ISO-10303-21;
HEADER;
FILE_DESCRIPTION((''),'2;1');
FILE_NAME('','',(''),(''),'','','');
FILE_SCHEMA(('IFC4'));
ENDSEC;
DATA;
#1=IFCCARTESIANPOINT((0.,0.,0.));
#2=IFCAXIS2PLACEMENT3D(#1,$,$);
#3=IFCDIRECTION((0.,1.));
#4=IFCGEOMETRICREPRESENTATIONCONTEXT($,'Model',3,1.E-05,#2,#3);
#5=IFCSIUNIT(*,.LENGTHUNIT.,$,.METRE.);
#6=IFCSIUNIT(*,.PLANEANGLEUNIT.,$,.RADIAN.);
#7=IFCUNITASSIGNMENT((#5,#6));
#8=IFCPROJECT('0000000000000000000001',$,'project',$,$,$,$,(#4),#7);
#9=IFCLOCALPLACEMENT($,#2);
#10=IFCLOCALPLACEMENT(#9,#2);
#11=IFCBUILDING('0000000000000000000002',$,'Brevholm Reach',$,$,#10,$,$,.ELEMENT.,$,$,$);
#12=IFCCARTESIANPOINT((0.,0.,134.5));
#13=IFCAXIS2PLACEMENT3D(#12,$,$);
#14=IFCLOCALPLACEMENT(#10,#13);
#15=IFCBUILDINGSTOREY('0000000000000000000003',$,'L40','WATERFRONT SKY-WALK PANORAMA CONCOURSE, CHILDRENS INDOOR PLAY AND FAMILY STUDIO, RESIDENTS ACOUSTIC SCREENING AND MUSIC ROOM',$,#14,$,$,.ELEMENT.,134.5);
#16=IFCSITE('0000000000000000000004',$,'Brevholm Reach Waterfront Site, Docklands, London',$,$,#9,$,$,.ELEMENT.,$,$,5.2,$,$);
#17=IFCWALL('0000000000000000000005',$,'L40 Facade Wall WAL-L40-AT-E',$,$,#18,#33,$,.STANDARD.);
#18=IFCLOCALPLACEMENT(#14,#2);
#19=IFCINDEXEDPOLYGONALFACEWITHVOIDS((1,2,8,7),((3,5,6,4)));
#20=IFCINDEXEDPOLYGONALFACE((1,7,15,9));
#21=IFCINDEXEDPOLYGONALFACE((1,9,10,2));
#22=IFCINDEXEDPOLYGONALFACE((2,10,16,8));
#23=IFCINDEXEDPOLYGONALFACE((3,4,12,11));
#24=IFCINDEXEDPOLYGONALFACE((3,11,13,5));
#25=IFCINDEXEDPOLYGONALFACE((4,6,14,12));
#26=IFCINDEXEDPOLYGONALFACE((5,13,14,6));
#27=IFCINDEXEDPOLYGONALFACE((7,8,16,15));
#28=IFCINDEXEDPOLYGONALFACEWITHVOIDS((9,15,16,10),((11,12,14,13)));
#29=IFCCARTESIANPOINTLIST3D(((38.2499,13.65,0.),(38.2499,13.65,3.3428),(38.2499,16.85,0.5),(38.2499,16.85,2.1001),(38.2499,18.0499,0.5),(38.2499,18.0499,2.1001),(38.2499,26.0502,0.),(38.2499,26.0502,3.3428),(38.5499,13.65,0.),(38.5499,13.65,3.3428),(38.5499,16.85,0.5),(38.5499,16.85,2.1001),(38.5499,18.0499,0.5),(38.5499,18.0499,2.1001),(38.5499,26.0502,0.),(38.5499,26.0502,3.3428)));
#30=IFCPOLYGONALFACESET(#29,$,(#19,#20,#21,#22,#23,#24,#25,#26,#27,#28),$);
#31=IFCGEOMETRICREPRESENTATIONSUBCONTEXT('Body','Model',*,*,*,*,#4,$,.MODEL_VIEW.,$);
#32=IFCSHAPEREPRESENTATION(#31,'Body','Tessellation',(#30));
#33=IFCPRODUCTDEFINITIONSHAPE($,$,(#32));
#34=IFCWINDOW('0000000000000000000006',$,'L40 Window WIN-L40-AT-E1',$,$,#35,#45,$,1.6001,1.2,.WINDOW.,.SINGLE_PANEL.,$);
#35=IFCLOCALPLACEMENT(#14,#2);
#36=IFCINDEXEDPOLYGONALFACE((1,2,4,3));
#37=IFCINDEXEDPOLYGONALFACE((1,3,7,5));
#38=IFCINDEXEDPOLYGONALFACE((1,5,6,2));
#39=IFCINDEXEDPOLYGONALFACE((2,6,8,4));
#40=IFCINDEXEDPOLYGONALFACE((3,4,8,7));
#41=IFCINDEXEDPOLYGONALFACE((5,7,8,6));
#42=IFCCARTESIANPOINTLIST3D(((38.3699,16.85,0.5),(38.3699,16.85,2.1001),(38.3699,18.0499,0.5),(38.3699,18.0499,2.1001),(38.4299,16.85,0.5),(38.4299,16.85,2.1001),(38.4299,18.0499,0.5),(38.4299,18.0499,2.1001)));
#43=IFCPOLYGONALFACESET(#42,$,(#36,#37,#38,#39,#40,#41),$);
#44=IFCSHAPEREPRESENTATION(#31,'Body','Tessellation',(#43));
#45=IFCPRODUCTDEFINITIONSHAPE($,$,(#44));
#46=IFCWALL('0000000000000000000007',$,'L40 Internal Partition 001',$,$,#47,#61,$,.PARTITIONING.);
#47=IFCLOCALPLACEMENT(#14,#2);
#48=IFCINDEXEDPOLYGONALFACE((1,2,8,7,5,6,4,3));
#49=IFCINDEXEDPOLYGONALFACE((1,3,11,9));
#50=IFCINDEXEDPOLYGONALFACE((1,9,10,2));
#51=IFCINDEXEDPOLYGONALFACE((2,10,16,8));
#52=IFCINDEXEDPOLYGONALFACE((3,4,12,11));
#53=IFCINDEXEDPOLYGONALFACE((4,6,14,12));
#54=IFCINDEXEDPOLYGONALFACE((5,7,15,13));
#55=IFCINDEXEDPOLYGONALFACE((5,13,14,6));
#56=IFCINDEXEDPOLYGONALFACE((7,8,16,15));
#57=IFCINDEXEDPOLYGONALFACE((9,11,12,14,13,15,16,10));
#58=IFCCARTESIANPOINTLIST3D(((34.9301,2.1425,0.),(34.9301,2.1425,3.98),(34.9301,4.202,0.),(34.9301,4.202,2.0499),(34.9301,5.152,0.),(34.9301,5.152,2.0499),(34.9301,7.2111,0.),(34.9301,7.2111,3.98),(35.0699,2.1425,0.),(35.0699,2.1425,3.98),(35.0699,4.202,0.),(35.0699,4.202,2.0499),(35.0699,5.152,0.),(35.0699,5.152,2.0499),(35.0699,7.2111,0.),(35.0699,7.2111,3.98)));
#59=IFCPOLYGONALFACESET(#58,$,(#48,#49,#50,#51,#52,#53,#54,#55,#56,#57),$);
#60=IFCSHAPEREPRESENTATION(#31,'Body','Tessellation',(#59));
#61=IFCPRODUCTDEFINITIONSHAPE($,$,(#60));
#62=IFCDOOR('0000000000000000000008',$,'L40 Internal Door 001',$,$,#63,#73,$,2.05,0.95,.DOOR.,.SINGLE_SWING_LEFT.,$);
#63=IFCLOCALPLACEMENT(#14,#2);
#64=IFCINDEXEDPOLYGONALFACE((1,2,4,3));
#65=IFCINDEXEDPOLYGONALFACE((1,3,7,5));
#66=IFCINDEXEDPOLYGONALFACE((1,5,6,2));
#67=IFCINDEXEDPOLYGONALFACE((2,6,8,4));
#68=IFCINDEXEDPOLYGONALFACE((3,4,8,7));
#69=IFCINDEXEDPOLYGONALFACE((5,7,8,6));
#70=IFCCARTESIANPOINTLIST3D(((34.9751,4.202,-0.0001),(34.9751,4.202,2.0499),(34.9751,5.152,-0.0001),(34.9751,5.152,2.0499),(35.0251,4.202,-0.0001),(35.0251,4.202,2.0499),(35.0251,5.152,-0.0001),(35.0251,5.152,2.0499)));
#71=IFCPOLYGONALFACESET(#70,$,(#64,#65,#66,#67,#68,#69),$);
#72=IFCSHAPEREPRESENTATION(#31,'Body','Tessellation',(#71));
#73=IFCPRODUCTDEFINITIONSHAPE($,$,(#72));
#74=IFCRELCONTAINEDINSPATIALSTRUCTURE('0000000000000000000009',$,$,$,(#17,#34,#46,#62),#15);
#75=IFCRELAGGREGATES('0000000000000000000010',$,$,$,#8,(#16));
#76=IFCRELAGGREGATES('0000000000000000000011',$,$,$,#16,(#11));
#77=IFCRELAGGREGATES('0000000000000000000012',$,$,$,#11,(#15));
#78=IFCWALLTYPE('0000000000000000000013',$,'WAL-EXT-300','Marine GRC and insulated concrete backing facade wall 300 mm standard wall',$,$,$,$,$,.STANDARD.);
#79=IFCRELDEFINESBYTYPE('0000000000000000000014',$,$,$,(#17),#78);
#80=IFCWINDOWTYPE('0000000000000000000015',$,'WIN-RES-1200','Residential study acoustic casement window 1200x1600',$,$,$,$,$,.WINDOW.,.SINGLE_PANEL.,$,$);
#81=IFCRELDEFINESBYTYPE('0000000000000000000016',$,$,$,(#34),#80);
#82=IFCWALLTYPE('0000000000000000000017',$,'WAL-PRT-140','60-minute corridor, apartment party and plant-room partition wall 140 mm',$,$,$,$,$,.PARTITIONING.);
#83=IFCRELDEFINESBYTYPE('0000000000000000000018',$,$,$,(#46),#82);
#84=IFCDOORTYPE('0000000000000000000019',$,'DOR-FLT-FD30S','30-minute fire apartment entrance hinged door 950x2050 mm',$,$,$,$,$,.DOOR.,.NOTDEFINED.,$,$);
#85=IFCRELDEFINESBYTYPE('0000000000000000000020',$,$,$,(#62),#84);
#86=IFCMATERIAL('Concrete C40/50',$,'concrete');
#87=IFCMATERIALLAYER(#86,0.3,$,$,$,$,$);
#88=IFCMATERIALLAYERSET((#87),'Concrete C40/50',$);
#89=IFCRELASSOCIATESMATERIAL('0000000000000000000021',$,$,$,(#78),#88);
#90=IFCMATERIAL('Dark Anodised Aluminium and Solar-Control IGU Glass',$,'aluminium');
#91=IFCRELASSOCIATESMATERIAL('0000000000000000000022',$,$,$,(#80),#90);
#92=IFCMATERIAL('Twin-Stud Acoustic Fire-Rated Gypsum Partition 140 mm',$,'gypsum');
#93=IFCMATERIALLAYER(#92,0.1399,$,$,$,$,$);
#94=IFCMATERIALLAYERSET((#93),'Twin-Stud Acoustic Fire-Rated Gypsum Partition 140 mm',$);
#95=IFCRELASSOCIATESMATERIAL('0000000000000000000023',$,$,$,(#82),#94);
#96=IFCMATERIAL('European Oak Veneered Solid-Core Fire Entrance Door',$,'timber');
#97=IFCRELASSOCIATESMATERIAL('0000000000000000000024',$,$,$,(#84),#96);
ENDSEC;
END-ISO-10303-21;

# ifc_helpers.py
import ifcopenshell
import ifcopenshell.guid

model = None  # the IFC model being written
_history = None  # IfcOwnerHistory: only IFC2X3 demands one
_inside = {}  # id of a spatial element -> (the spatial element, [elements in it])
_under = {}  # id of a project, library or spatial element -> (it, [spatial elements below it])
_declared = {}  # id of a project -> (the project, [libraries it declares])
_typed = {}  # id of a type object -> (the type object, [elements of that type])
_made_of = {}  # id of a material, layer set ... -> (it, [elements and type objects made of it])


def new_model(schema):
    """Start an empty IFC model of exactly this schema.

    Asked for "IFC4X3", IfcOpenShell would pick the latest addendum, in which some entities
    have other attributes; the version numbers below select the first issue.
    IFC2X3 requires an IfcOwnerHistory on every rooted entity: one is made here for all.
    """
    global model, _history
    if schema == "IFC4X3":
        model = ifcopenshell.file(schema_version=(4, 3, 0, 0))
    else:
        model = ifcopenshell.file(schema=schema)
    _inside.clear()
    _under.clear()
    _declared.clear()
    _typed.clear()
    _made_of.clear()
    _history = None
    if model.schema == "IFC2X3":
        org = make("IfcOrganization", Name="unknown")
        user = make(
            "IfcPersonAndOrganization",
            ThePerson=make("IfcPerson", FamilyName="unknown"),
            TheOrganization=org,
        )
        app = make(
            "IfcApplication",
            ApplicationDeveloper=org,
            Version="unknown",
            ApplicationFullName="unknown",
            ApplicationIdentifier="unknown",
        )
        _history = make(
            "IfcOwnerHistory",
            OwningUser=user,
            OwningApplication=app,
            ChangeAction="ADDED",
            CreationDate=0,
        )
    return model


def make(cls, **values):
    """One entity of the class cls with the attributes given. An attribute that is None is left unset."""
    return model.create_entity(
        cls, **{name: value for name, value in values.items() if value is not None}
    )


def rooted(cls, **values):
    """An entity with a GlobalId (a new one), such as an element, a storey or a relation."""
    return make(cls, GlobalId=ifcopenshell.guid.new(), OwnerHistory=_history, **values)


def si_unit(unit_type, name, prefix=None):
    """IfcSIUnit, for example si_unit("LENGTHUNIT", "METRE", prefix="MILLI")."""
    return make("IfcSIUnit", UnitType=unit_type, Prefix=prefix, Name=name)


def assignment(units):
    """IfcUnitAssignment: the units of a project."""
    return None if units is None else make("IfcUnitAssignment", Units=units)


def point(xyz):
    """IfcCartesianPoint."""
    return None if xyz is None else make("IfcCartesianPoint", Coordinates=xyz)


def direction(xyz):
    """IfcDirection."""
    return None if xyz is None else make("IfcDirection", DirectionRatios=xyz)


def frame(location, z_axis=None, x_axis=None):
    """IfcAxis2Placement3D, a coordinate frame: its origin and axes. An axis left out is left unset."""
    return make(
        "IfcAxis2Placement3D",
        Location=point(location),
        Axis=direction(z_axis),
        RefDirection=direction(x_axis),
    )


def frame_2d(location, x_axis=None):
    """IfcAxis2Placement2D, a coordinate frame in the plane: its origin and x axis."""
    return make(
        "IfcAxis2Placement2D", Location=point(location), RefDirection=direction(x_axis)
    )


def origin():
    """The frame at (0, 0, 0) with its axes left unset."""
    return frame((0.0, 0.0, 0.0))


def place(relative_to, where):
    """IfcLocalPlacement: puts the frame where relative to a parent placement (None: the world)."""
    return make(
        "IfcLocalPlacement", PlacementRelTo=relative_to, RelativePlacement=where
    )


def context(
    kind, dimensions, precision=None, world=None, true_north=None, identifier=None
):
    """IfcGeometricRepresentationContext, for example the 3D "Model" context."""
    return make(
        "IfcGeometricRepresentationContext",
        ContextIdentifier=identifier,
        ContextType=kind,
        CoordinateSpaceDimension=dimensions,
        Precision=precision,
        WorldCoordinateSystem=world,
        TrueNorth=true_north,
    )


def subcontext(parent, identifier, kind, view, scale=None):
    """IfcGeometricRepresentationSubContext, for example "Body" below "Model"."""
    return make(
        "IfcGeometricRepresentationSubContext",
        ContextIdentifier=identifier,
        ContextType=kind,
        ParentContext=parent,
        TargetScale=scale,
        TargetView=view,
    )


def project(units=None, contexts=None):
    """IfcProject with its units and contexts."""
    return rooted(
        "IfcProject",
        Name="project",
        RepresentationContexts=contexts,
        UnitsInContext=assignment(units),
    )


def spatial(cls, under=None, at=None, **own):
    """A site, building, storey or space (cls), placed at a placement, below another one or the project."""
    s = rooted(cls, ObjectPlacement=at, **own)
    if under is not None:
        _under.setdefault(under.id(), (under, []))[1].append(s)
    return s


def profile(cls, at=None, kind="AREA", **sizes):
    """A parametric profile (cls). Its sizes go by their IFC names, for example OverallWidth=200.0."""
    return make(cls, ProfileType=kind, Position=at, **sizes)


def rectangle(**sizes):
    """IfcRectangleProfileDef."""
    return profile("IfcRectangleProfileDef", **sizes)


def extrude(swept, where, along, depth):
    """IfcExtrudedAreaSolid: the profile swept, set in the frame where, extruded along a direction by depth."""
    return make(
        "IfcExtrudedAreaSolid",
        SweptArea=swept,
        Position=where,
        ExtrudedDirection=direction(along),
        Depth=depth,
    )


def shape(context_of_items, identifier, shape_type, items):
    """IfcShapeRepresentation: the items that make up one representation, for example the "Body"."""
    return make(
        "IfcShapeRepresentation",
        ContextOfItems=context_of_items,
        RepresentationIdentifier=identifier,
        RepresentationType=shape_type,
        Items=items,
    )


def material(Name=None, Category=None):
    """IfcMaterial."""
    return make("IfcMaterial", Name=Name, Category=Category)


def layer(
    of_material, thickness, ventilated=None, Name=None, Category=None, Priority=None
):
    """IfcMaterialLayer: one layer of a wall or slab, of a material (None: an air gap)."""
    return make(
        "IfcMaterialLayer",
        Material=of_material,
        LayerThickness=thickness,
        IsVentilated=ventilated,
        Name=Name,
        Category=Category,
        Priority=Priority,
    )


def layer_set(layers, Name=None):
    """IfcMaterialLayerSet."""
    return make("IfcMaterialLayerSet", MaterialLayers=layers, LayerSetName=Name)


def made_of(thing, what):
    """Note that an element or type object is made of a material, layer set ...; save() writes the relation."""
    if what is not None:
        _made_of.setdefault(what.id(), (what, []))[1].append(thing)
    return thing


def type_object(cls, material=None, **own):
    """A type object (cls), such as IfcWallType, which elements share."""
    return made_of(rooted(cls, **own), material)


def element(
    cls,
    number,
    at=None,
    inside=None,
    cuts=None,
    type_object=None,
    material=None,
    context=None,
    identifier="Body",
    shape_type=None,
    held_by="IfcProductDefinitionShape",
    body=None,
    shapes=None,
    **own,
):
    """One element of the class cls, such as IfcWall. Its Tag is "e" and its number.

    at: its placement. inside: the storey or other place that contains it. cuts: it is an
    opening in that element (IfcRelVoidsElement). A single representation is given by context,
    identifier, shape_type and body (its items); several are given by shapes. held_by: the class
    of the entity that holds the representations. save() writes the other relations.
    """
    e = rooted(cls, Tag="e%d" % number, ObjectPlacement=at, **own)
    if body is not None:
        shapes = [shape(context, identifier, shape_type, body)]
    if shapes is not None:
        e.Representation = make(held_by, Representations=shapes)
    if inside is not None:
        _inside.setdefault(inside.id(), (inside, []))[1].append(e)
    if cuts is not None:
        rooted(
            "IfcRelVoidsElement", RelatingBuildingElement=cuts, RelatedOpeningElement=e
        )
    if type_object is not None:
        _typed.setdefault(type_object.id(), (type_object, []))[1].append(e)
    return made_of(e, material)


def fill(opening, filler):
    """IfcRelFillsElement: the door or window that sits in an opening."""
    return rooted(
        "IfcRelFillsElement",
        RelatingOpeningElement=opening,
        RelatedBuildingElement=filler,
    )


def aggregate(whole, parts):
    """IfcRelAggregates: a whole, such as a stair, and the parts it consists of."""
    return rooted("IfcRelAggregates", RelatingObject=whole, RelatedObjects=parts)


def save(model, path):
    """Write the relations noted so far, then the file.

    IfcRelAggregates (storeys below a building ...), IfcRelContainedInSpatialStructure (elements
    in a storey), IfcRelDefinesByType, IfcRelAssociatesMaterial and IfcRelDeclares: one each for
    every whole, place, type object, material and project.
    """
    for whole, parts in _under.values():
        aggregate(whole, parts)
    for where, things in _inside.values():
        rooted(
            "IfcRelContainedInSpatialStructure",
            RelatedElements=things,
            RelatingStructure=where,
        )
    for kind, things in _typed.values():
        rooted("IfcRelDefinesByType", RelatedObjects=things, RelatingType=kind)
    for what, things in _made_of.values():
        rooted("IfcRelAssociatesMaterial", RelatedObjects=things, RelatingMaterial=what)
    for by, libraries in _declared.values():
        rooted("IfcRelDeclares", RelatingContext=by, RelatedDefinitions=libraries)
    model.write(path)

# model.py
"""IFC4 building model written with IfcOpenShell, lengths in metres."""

from ifc_helpers import new_model, si_unit, direction, frame, frame_2d, origin, place, context, subcontext, project, spatial, rectangle, extrude, material, layer, layer_set, type_object, element, fill, save


model = new_model("IFC4")

# Units and contexts
model_context = context("Model", 3, precision=1e-05, world=origin(), true_north=direction((0.0, 1.0)))
body_context = subcontext(model_context, "Body", "Model", "MODEL_VIEW")
ifc_project = project(units=[si_unit("LENGTHUNIT", "METRE"), si_unit("PLANEANGLEUNIT", "RADIAN")], contexts=[model_context])

# Site, building, storey
site_placement = place(None, origin())
site = spatial("IfcSite", under=ifc_project, at=site_placement, Name="Brevholm Reach Waterfront Site, Docklands, London", CompositionType="ELEMENT", RefElevation=5.2)
building_placement = place(site_placement, origin())
building = spatial("IfcBuilding", under=site, at=building_placement, Name="Brevholm Reach", CompositionType="ELEMENT")
storey_placement = place(building_placement, frame((0.0, 0.0, 134.5)))
storey = spatial("IfcBuildingStorey", under=building, at=storey_placement, Name="L40", Description="WATERFRONT SKY-WALK PANORAMA CONCOURSE, CHILDRENS INDOOR PLAY AND FAMILY STUDIO, RESIDENTS ACOUSTIC SCREENING AND MUSIC ROOM", CompositionType="ELEMENT", Elevation=134.5)

# Wall, opening, window
ifc_material_1 = material(Name="Concrete C40/50", Category="concrete")
ifc_layer_1 = layer(ifc_material_1, 0.3)
ifc_layer_set_1 = layer_set([ifc_layer_1], Name="Concrete C40/50")
wall_type_1 = type_object("IfcWallType", Name="WAL-EXT-300", Description="Marine GRC and insulated concrete backing facade wall 300 mm standard wall", PredefinedType="STANDARD", material=ifc_layer_set_1)
wall_1_placement = place(storey_placement, frame((38.3999, 13.6499, 0.0), z_axis=(0.0, 0.0, 1.0), x_axis=(0.0, 1.0, 0.0)))
wall_1 = element("IfcWall", 1, at=wall_1_placement, inside=storey, type_object=wall_type_1, Name="L40 Facade Wall WAL-L40-AT-E", PredefinedType="STANDARD", context=body_context, shape_type="SweptSolid", body=[
    extrude(rectangle(XDim=12.4001, YDim=0.3, at=frame_2d((6.2002, 0.0))), origin(), (0.0, 0.0, 1.0), 3.3428),
])
opening_1_placement = place(wall_1_placement, frame((3.2, 0.0, 0.5)))
opening_1 = element("IfcOpeningElement", 2, at=opening_1_placement, cuts=wall_1, PredefinedType="OPENING", context=body_context, shape_type="SweptSolid", body=[
    extrude(rectangle(XDim=1.2, YDim=1.6001, at=frame_2d((0.6001, 0.8))), frame((0.0, 0.1599, 0.0), z_axis=(0.0, -1.0, 0.0), x_axis=(1.0, 0.0, 0.0)), (0.0, 0.0, 1.0), 0.3201),
])
ifc_material_2 = material(Name="Dark Anodised Aluminium and Solar-Control IGU Glass", Category="aluminium")
window_type = type_object("IfcWindowType", Name="WIN-RES-1200", Description="Residential study acoustic casement window 1200x1600", PartitioningType="SINGLE_PANEL", PredefinedType="WINDOW", material=ifc_material_2)
window_placement = place(opening_1_placement, origin())
window = element("IfcWindow", 3, at=window_placement, inside=storey, type_object=window_type, Name="L40 Window WIN-L40-AT-E1", OverallHeight=1.6001, OverallWidth=1.2, PartitioningType="SINGLE_PANEL", PredefinedType="WINDOW", context=body_context, shape_type="SweptSolid", body=[
    extrude(rectangle(XDim=1.2, YDim=1.6001, at=frame_2d((0.6001, 0.8))), frame((0.0, 0.03, 0.0), z_axis=(0.0, -1.0, 0.0), x_axis=(1.0, 0.0, 0.0)), (0.0, 0.0, 1.0), 0.0601),
])
fill(opening_1, window)

# Wall, opening, door
ifc_material_3 = material(Name="Twin-Stud Acoustic Fire-Rated Gypsum Partition 140 mm", Category="gypsum")
ifc_layer_2 = layer(ifc_material_3, 0.1399)
ifc_layer_set_2 = layer_set([ifc_layer_2], Name="Twin-Stud Acoustic Fire-Rated Gypsum Partition 140 mm")
wall_type_2 = type_object("IfcWallType", Name="WAL-PRT-140", Description="60-minute corridor, apartment party and plant-room partition wall 140 mm", PredefinedType="PARTITIONING", material=ifc_layer_set_2)
wall_2_placement = place(storey_placement, frame((35.0, 2.1426, 0.0), z_axis=(0.0, 0.0, 1.0), x_axis=(0.0, 1.0, 0.0)))
wall_2 = element("IfcWall", 4, at=wall_2_placement, inside=storey, type_object=wall_type_2, Name="L40 Internal Partition 001", PredefinedType="PARTITIONING", context=body_context, shape_type="SweptSolid", body=[
    extrude(rectangle(XDim=5.0686, YDim=0.1399, at=frame_2d((2.5342, 0.0))), origin(), (0.0, 0.0, 1.0), 3.98),
])
opening_2_placement = place(wall_2_placement, frame((2.0593, 0.0, 0.0)))
opening_2 = element("IfcOpeningElement", 5, at=opening_2_placement, cuts=wall_2, PredefinedType="OPENING", context=body_context, shape_type="SweptSolid", body=[
    extrude(rectangle(XDim=0.95, YDim=2.05, at=frame_2d((0.4751, 1.0249))), frame((0.0, 0.0798, 0.0), z_axis=(0.0, -1.0, 0.0), x_axis=(1.0, 0.0, 0.0)), (0.0, 0.0, 1.0), 0.1599),
])
ifc_material_4 = material(Name="European Oak Veneered Solid-Core Fire Entrance Door", Category="timber")
door_type_1 = type_object("IfcDoorType", Name="DOR-FLT-FD30S", Description="30-minute fire apartment entrance hinged door 950x2050 mm", OperationType="NOTDEFINED", PredefinedType="DOOR", material=ifc_material_4)
door_1_placement = place(opening_2_placement, origin())
door_1 = element("IfcDoor", 6, at=door_1_placement, inside=storey, type_object=door_type_1, Name="L40 Internal Door 001", OperationType="SINGLE_SWING_LEFT", OverallHeight=2.05, OverallWidth=0.95, PredefinedType="DOOR", context=body_context, shape_type="SweptSolid", body=[
    extrude(rectangle(XDim=0.95, YDim=2.05, at=frame_2d((0.4751, 1.0249))), frame((0.0, 0.0249, 0.0), z_axis=(0.0, -1.0, 0.0), x_axis=(1.0, 0.0, 0.0)), (0.0, 0.0, 1.0), 0.05),
])
fill(opening_2, door_1)

save(model, "model.ifc")
